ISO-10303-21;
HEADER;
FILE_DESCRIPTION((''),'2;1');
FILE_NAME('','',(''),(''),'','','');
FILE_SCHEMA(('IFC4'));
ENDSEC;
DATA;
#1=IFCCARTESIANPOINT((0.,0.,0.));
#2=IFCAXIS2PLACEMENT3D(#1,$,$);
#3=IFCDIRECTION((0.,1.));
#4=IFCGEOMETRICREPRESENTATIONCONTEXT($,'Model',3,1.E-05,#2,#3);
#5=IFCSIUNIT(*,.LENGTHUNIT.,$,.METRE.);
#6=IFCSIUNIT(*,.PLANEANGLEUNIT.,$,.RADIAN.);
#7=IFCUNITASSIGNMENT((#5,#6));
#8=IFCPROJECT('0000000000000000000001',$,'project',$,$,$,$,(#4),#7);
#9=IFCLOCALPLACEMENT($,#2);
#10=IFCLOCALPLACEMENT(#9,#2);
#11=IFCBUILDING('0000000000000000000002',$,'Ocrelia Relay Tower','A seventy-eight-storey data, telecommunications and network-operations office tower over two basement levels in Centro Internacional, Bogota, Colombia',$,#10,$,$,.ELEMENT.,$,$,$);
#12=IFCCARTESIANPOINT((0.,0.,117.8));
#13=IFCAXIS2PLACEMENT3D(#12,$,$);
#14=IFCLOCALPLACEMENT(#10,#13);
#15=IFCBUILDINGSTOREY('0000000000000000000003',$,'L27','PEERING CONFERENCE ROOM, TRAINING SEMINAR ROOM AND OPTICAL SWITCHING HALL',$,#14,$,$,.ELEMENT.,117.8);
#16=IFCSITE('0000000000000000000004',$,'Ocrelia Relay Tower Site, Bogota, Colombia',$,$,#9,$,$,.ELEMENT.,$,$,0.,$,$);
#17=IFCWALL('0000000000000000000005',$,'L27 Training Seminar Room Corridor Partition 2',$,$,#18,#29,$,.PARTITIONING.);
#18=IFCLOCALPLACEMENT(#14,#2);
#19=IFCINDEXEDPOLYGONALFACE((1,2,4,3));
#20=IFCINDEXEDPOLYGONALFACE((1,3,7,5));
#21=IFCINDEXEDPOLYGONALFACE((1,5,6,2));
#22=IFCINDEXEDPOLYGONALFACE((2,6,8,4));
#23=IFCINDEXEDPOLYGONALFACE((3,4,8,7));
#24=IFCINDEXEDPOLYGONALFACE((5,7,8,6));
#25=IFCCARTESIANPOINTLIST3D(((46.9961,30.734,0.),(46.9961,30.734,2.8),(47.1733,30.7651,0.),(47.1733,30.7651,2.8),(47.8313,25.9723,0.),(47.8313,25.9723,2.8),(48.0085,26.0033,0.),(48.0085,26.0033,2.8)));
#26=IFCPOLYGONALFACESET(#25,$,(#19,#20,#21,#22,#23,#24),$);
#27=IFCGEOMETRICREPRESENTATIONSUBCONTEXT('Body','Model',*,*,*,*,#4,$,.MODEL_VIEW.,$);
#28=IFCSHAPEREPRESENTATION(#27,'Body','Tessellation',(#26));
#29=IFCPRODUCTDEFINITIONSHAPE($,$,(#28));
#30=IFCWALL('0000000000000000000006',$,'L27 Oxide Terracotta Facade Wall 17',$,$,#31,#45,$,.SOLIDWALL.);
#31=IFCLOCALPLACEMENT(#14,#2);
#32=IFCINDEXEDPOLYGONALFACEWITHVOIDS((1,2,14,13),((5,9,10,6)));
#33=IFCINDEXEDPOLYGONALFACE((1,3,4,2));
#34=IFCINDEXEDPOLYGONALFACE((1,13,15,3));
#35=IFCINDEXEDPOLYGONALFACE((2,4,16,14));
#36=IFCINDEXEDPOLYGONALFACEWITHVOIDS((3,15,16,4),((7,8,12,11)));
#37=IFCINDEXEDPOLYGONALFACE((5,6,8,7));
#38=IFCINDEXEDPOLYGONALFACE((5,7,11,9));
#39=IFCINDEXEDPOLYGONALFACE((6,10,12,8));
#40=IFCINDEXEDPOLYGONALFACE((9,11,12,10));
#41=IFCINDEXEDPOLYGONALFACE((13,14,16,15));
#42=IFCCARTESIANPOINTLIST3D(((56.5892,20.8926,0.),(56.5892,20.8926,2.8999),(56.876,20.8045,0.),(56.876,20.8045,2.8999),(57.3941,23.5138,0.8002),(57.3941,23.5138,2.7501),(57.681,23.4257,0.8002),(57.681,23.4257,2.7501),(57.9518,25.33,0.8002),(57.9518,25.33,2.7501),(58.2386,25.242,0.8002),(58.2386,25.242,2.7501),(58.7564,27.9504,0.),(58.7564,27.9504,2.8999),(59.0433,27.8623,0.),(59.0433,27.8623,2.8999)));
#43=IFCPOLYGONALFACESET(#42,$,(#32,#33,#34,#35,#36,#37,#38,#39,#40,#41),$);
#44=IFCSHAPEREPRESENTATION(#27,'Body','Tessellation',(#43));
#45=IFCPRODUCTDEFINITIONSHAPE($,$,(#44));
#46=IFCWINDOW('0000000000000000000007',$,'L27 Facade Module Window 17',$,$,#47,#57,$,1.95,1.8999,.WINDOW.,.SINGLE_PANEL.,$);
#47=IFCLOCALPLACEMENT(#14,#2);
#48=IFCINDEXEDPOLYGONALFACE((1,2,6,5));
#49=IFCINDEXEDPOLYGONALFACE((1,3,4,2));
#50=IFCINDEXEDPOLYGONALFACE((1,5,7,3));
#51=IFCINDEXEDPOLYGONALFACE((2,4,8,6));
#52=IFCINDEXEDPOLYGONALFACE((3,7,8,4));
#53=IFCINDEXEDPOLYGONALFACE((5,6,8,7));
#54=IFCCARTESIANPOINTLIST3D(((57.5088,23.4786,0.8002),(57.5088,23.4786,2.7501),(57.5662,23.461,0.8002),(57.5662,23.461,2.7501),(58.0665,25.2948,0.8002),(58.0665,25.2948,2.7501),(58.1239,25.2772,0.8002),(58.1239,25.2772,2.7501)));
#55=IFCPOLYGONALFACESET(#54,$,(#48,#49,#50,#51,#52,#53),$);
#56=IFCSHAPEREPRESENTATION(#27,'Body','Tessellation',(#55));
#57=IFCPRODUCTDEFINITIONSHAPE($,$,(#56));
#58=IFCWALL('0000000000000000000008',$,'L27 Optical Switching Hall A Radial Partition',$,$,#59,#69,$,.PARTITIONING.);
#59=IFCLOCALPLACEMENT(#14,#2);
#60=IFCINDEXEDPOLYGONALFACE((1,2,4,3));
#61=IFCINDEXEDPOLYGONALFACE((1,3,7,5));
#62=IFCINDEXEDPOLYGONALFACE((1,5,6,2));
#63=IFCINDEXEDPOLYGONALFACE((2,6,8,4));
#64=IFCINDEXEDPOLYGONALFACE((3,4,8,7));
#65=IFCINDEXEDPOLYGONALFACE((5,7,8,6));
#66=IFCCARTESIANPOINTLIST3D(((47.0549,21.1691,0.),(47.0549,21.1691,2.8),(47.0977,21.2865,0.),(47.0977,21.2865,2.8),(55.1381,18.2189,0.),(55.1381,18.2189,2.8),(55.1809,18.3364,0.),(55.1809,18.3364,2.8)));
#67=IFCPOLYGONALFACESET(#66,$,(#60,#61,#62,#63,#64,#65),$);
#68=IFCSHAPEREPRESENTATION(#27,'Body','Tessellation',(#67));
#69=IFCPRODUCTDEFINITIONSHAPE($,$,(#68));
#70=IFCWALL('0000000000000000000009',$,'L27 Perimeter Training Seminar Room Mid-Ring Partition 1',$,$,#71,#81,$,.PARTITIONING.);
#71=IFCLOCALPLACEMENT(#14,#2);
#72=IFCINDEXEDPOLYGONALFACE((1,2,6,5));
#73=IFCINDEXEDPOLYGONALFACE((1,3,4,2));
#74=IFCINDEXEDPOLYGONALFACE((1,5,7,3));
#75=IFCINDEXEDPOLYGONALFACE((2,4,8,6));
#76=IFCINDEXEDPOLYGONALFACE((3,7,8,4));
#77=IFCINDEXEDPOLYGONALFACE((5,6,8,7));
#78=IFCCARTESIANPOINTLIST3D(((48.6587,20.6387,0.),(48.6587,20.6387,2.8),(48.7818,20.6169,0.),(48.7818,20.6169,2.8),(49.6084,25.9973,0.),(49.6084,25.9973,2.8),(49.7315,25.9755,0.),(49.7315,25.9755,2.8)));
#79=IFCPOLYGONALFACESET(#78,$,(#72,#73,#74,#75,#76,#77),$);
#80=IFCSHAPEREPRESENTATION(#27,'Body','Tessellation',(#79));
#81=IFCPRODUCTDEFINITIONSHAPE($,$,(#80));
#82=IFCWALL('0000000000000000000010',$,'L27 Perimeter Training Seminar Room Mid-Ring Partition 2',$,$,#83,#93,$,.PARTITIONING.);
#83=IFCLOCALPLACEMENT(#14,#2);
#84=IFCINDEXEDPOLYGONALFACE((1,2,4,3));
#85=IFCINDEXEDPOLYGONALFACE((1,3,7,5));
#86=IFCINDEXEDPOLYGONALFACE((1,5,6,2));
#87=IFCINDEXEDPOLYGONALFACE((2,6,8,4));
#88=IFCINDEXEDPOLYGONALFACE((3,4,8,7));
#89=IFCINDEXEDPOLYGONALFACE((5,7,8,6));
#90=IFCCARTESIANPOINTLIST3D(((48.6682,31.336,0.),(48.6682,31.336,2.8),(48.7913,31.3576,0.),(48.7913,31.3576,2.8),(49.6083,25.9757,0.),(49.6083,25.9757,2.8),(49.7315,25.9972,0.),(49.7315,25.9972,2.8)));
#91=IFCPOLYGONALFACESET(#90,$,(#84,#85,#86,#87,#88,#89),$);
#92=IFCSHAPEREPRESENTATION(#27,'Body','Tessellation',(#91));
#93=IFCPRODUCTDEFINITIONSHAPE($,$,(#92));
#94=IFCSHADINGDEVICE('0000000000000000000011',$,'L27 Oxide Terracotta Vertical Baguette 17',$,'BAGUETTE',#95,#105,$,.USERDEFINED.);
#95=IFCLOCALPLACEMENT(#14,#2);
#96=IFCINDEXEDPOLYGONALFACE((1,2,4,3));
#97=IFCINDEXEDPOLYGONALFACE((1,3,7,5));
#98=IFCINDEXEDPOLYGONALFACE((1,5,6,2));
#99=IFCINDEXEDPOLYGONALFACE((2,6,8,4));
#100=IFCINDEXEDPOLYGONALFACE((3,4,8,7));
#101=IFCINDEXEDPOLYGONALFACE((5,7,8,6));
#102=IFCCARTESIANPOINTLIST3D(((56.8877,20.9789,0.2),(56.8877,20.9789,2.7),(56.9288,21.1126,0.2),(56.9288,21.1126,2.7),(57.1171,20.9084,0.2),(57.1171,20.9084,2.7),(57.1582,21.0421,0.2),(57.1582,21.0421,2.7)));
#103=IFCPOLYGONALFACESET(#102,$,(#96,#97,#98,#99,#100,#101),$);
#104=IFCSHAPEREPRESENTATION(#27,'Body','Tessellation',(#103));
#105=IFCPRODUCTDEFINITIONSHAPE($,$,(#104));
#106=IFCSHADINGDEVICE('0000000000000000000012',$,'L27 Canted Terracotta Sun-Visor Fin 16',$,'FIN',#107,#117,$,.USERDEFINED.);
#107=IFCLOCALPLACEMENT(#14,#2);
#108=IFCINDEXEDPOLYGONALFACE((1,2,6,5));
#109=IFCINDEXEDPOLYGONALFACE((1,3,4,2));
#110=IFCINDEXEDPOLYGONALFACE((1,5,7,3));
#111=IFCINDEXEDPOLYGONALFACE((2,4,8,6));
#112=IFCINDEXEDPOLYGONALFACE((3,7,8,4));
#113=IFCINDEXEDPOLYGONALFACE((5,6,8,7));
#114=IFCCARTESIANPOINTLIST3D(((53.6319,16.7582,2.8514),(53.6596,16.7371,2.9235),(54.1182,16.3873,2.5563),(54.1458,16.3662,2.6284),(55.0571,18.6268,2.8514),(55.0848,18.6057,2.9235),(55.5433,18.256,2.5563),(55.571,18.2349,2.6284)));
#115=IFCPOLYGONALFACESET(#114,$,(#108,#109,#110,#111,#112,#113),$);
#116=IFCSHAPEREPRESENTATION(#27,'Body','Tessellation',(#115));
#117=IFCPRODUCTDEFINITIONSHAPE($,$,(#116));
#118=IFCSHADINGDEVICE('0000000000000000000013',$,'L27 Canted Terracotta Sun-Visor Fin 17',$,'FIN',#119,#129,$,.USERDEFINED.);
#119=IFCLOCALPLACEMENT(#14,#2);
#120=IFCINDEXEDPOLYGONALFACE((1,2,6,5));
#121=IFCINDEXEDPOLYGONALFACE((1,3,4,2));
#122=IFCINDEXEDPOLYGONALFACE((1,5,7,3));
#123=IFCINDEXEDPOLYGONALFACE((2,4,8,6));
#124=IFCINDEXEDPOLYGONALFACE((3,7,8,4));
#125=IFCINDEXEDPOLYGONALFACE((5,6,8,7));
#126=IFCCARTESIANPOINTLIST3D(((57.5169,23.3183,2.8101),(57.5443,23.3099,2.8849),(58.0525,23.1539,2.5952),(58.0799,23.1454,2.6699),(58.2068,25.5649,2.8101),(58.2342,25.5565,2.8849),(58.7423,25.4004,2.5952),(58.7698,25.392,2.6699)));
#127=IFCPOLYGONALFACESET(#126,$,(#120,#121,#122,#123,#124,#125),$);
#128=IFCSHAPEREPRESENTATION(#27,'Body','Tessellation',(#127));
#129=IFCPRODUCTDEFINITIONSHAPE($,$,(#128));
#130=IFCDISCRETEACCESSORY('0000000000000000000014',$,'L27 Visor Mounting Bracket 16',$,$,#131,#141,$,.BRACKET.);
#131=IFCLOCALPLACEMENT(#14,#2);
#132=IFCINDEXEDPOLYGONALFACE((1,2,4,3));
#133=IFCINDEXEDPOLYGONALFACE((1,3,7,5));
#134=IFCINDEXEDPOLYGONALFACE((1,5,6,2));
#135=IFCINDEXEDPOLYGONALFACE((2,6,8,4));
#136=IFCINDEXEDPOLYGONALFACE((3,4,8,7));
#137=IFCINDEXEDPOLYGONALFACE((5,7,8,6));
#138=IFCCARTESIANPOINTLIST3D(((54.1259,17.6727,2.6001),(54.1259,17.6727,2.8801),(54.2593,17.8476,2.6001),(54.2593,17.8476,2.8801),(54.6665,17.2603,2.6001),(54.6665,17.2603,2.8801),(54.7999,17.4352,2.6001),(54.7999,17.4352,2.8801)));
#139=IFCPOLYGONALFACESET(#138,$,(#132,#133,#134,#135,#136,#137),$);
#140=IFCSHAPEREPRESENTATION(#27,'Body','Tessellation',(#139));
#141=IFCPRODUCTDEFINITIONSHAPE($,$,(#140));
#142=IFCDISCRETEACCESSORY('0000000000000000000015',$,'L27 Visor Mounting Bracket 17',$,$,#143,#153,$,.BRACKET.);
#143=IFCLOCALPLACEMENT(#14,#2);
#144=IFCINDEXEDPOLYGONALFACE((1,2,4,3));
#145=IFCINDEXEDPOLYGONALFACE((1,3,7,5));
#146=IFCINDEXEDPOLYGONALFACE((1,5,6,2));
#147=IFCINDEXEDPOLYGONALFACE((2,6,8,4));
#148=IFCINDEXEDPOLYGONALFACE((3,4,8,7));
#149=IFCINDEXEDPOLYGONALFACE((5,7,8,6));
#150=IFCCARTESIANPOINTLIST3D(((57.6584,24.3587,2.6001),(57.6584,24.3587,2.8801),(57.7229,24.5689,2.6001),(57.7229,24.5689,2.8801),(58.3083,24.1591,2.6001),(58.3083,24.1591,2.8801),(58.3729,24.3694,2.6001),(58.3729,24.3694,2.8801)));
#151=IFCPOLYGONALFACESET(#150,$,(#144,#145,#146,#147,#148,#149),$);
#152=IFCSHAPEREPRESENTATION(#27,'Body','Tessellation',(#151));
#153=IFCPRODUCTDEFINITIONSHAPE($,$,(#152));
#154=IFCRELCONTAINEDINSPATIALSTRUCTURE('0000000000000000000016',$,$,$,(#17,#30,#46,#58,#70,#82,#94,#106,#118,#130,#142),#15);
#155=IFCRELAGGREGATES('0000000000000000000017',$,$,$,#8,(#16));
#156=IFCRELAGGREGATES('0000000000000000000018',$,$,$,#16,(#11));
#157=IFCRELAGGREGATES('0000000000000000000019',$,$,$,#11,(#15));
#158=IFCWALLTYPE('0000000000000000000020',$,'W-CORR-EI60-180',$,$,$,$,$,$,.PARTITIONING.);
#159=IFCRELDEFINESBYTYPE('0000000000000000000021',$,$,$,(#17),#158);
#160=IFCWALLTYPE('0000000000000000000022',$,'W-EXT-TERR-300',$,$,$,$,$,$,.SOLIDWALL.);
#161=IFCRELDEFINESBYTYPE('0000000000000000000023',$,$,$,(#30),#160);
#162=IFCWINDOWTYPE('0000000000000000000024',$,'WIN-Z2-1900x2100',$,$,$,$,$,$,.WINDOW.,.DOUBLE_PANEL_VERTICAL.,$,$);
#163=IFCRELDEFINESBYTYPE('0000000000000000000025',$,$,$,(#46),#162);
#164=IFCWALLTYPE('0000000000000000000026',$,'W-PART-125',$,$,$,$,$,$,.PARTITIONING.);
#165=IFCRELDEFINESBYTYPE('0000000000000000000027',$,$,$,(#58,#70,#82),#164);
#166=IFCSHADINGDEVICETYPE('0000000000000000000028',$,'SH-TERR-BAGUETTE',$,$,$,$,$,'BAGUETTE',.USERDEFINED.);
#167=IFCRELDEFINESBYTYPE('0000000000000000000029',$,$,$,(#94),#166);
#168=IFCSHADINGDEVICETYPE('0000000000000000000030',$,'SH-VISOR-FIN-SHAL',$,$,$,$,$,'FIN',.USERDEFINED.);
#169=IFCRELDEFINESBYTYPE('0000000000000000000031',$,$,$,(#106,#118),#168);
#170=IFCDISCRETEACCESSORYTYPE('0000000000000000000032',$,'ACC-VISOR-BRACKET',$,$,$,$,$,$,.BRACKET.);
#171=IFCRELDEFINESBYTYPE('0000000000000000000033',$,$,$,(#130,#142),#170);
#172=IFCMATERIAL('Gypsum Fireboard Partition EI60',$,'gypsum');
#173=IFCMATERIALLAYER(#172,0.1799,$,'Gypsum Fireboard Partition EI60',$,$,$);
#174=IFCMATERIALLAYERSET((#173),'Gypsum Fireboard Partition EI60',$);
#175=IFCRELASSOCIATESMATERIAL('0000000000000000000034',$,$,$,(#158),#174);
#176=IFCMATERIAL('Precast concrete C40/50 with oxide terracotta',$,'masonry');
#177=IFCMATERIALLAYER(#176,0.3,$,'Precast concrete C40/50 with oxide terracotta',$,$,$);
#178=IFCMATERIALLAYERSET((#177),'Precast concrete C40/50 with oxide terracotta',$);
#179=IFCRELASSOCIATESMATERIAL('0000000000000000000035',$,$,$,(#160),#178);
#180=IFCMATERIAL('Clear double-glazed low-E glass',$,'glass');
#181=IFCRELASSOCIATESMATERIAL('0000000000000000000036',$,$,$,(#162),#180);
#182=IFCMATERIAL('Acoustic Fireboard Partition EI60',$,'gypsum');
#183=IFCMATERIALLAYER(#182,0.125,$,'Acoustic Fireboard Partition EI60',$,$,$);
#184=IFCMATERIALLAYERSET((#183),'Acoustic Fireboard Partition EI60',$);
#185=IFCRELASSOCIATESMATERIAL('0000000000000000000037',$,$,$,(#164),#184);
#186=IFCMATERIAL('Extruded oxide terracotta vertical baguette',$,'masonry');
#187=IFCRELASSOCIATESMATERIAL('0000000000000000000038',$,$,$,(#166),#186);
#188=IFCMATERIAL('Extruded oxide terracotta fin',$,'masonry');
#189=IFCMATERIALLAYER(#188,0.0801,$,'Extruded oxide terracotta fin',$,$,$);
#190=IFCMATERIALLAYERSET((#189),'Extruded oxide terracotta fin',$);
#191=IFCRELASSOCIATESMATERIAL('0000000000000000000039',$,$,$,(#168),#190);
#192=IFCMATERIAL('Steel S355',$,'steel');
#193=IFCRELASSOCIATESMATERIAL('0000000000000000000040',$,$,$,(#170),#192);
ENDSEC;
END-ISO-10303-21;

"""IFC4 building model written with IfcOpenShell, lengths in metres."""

from ifc_helpers import new_model, si_unit, direction, frame, frame_2d, origin, origin_2d, place, context, subcontext, project, spatial, rectangle, extrude, material, layer, layer_set, type_object, element, fill, save


model = new_model("IFC4")

# Units and contexts
model_context = context("Model", 3, precision=1e-05, world=origin(), true_north=direction((0.0, 1.0)))
body_context = subcontext(model_context, "Body", "Model", "MODEL_VIEW")
ifc_project = project(units=[si_unit("LENGTHUNIT", "METRE"), si_unit("PLANEANGLEUNIT", "RADIAN")], contexts=[model_context])

# Site, building, storey
site_placement = place(None, origin())
site = spatial("IfcSite", under=ifc_project, at=site_placement, Name="Ocrelia Relay Tower Site, Bogota, Colombia", CompositionType="ELEMENT", RefElevation=0.0)
building_placement = place(site_placement, origin())
building = spatial("IfcBuilding", under=site, at=building_placement, Name="Ocrelia Relay Tower", Description="A seventy-eight-storey data, telecommunications and network-operations office tower over two basement levels in Centro Internacional, Bogota, Colombia", CompositionType="ELEMENT")
storey_placement = place(building_placement, frame((0.0, 0.0, 117.8)))
storey = spatial("IfcBuildingStorey", under=building, at=storey_placement, Name="L27", Description="PEERING CONFERENCE ROOM, TRAINING SEMINAR ROOM AND OPTICAL SWITCHING HALL", CompositionType="ELEMENT", Elevation=117.8)

# Shared definitions
ifc_material_1 = material(Name="Steel S355", Category="steel")

# Wall
ifc_material_2 = material(Name="Gypsum Fireboard Partition EI60", Category="gypsum")
ifc_layer_1 = layer(ifc_material_2, 0.1799, Name="Gypsum Fireboard Partition EI60")
ifc_layer_set_1 = layer_set([ifc_layer_1], Name="Gypsum Fireboard Partition EI60")
wall_type_1 = type_object("IfcWallType", Name="W-CORR-EI60-180", PredefinedType="PARTITIONING", material=ifc_layer_set_1)
wall_1_placement = place(storey_placement, frame((47.9199, 25.9878, 0.0), z_axis=(0.0, 0.0, 1.0), x_axis=(-0.172763, 0.984964, 0.0)))
element("IfcWall", 1, at=wall_1_placement, inside=storey, type_object=wall_type_1, Name="L27 Training Seminar Room Corridor Partition 2", PredefinedType="PARTITIONING", context=body_context, shape_type="SweptSolid", body=[
    extrude(rectangle(XDim=4.8345, YDim=0.1799, at=frame_2d((2.4172, 0.0))), origin(), (0.0, 0.0, 1.0), 2.8),
])

# Wall, opening, window
ifc_material_3 = material(Name="Precast concrete C40/50 with oxide terracotta", Category="masonry")
ifc_layer_2 = layer(ifc_material_3, 0.3, Name="Precast concrete C40/50 with oxide terracotta")
ifc_layer_set_2 = layer_set([ifc_layer_2], Name="Precast concrete C40/50 with oxide terracotta")
wall_type_2 = type_object("IfcWallType", Name="W-EXT-TERR-300", PredefinedType="SOLIDWALL", material=ifc_layer_set_2)
wall_2_placement = place(storey_placement, frame((56.7327, 20.8486, 0.0), z_axis=(0.0, 0.0, 1.0), x_axis=(0.29354, 0.955947, 0.0)))
wall_2 = element("IfcWall", 2, at=wall_2_placement, inside=storey, type_object=wall_type_2, Name="L27 Oxide Terracotta Facade Wall 17", PredefinedType="SOLIDWALL", context=body_context, shape_type="SweptSolid", body=[
    extrude(rectangle(XDim=7.3831, YDim=0.3, at=frame_2d((3.6914, 0.0))), origin(), (0.0, 0.0, 1.0), 2.8999),
])
opening_placement = place(wall_2_placement, frame((2.7419, 0.0, 0.8)))
opening = element("IfcOpeningElement", 3, at=opening_placement, cuts=wall_2, PredefinedType="OPENING", context=body_context, shape_type="SweptSolid", body=[
    extrude(rectangle(XDim=1.8999, YDim=1.95, at=frame_2d((0.95, 0.9751))), frame((0.0, 0.1602, 0.0), z_axis=(0.0, -1.0, 0.0), x_axis=(1.0, 0.0, 0.0)), (0.0, 0.0, 1.0), 0.3201),
])
ifc_material_4 = material(Name="Clear double-glazed low-E glass", Category="glass")
window_type = type_object("IfcWindowType", Name="WIN-Z2-1900x2100", PartitioningType="DOUBLE_PANEL_VERTICAL", PredefinedType="WINDOW", material=ifc_material_4)
window_placement = place(opening_placement, origin())
window = element("IfcWindow", 4, at=window_placement, inside=storey, type_object=window_type, Name="L27 Facade Module Window 17", OverallHeight=1.95, OverallWidth=1.8999, PartitioningType="SINGLE_PANEL", PredefinedType="WINDOW", context=body_context, shape_type="SweptSolid", body=[
    extrude(rectangle(XDim=1.8999, YDim=1.95, at=frame_2d((0.95, 0.9751))), frame((0.0, 0.03, 0.0), z_axis=(0.0, -1.0, 0.0), x_axis=(1.0, 0.0, 0.0)), (0.0, 0.0, 1.0), 0.0601),
])
fill(opening, window)

# Walls
ifc_material_5 = material(Name="Acoustic Fireboard Partition EI60", Category="gypsum")
ifc_layer_3 = layer(ifc_material_5, 0.125, Name="Acoustic Fireboard Partition EI60")
ifc_layer_set_3 = layer_set([ifc_layer_3], Name="Acoustic Fireboard Partition EI60")
wall_type_3 = type_object("IfcWallType", Name="W-PART-125", PredefinedType="PARTITIONING", material=ifc_layer_set_3)
wall_3_placement = place(storey_placement, frame((47.0764, 21.2278, 0.0), z_axis=(0.0, 0.0, 1.0), x_axis=(0.939389, -0.342855, 0.0)))
element("IfcWall", 5, at=wall_3_placement, inside=storey, type_object=wall_type_3, Name="L27 Optical Switching Hall A Radial Partition", PredefinedType="PARTITIONING", context=body_context, shape_type="SweptSolid", body=[
    extrude(rectangle(XDim=8.6047, YDim=0.125, at=frame_2d((4.3022, 0.0))), origin(), (0.0, 0.0, 1.0), 2.8),
])
for number, where, z_axis, x_axis, name in (
    (6, (48.7202, 20.6277, 0.0), (0.0, 0.0, 1.0), (0.17451, 0.984655, 0.0), "L27 Perimeter Training Seminar Room Mid-Ring Partition 1"),
    (7, (49.6699, 25.9863, 0.0), (0.0, 0.0, 1.0), (-0.172759, 0.984964, 0.0), "L27 Perimeter Training Seminar Room Mid-Ring Partition 2"),
):
    element("IfcWall", number, at=place(storey_placement, frame(where, z_axis=z_axis, x_axis=x_axis)), inside=storey, type_object=wall_type_3, Name=name, PredefinedType="PARTITIONING", context=body_context, shape_type="SweptSolid", body=[
        extrude(rectangle(XDim=5.4421, YDim=0.125, at=frame_2d((2.7212, 0.0))), origin(), (0.0, 0.0, 1.0), 2.8),
    ])

# Shading devices
ifc_material_6 = material(Name="Extruded oxide terracotta vertical baguette", Category="masonry")
shading_device_type_1 = type_object("IfcShadingDeviceType", Name="SH-TERR-BAGUETTE", ElementType="BAGUETTE", PredefinedType="USERDEFINED", material=ifc_material_6)
shading_device_1_placement = place(storey_placement, frame((57.0229, 21.0105, 0.2), z_axis=(0.0, 0.0, 1.0), x_axis=(0.29353, 0.95595, 0.0)))
element("IfcShadingDevice", 8, at=shading_device_1_placement, inside=storey, type_object=shading_device_type_1, Name="L27 Oxide Terracotta Vertical Baguette 17", ObjectType="BAGUETTE", PredefinedType="USERDEFINED", context=body_context, shape_type="SweptSolid", body=[
    extrude(rectangle(XDim=0.1399, YDim=0.24, at=origin_2d()), origin(), (0.0, 0.0, 1.0), 2.5),
])
ifc_material_7 = material(Name="Extruded oxide terracotta fin", Category="masonry")
ifc_layer_4 = layer(ifc_material_7, 0.0801, Name="Extruded oxide terracotta fin")
ifc_layer_set_4 = layer_set([ifc_layer_4], Name="Extruded oxide terracotta fin")
shading_device_type_2 = type_object("IfcShadingDeviceType", Name="SH-VISOR-FIN-SHAL", ElementType="FIN", PredefinedType="USERDEFINED", material=ifc_layer_set_4)
shading_device_2_placement = place(storey_placement, frame((54.5876, 17.5071, 2.7039), z_axis=(0.345566, -0.263559, 0.900622), x_axis=(0.606438, 0.795131, 0.0)))
element("IfcShadingDevice", 9, at=shading_device_2_placement, inside=storey, type_object=shading_device_type_2, Name="L27 Canted Terracotta Sun-Visor Fin 16", ObjectType="FIN", PredefinedType="USERDEFINED", context=body_context, shape_type="SweptSolid", body=[
    extrude(rectangle(XDim=2.3501, YDim=0.679, at=origin_2d()), origin(), (0.0, 0.0, 1.0), 0.0801),
])
shading_device_3_placement = place(storey_placement, frame((58.1296, 24.3594, 2.7026), z_axis=(0.342426, -0.105144, 0.933643), x_axis=(0.29353, 0.95595, 0.0)))
element("IfcShadingDevice", 10, at=shading_device_3_placement, inside=storey, type_object=shading_device_type_2, Name="L27 Canted Terracotta Sun-Visor Fin 17", ObjectType="FIN", PredefinedType="USERDEFINED", context=body_context, shape_type="SweptSolid", body=[
    extrude(rectangle(XDim=2.3501, YDim=0.6001, at=origin_2d()), origin(), (0.0, 0.0, 1.0), 0.0801),
])

# Discrete accessories
discrete_accessory_type = type_object("IfcDiscreteAccessoryType", Name="ACC-VISOR-BRACKET", PredefinedType="BRACKET", material=ifc_material_1)
for number, where, z_axis, x_axis, name in (
    (11, (54.4629, 17.554, 2.6001), (0.0, 0.0, 1.0), (0.606438, 0.795131, 0.0), "L27 Visor Mounting Bracket 16"),
    (12, (58.0156, 24.364, 2.6001), (0.0, 0.0, 1.0), (0.29353, 0.95595, 0.0), "L27 Visor Mounting Bracket 17"),
):
    element("IfcDiscreteAccessory", number, at=place(storey_placement, frame(where, z_axis=z_axis, x_axis=x_axis)), inside=storey, type_object=discrete_accessory_type, Name=name, PredefinedType="BRACKET", context=body_context, shape_type="SweptSolid", body=[
        extrude(rectangle(XDim=0.22, YDim=0.6799, at=origin_2d()), origin(), (0.0, 0.0, 1.0), 0.28),
    ])

save(model, "model.ifc")
